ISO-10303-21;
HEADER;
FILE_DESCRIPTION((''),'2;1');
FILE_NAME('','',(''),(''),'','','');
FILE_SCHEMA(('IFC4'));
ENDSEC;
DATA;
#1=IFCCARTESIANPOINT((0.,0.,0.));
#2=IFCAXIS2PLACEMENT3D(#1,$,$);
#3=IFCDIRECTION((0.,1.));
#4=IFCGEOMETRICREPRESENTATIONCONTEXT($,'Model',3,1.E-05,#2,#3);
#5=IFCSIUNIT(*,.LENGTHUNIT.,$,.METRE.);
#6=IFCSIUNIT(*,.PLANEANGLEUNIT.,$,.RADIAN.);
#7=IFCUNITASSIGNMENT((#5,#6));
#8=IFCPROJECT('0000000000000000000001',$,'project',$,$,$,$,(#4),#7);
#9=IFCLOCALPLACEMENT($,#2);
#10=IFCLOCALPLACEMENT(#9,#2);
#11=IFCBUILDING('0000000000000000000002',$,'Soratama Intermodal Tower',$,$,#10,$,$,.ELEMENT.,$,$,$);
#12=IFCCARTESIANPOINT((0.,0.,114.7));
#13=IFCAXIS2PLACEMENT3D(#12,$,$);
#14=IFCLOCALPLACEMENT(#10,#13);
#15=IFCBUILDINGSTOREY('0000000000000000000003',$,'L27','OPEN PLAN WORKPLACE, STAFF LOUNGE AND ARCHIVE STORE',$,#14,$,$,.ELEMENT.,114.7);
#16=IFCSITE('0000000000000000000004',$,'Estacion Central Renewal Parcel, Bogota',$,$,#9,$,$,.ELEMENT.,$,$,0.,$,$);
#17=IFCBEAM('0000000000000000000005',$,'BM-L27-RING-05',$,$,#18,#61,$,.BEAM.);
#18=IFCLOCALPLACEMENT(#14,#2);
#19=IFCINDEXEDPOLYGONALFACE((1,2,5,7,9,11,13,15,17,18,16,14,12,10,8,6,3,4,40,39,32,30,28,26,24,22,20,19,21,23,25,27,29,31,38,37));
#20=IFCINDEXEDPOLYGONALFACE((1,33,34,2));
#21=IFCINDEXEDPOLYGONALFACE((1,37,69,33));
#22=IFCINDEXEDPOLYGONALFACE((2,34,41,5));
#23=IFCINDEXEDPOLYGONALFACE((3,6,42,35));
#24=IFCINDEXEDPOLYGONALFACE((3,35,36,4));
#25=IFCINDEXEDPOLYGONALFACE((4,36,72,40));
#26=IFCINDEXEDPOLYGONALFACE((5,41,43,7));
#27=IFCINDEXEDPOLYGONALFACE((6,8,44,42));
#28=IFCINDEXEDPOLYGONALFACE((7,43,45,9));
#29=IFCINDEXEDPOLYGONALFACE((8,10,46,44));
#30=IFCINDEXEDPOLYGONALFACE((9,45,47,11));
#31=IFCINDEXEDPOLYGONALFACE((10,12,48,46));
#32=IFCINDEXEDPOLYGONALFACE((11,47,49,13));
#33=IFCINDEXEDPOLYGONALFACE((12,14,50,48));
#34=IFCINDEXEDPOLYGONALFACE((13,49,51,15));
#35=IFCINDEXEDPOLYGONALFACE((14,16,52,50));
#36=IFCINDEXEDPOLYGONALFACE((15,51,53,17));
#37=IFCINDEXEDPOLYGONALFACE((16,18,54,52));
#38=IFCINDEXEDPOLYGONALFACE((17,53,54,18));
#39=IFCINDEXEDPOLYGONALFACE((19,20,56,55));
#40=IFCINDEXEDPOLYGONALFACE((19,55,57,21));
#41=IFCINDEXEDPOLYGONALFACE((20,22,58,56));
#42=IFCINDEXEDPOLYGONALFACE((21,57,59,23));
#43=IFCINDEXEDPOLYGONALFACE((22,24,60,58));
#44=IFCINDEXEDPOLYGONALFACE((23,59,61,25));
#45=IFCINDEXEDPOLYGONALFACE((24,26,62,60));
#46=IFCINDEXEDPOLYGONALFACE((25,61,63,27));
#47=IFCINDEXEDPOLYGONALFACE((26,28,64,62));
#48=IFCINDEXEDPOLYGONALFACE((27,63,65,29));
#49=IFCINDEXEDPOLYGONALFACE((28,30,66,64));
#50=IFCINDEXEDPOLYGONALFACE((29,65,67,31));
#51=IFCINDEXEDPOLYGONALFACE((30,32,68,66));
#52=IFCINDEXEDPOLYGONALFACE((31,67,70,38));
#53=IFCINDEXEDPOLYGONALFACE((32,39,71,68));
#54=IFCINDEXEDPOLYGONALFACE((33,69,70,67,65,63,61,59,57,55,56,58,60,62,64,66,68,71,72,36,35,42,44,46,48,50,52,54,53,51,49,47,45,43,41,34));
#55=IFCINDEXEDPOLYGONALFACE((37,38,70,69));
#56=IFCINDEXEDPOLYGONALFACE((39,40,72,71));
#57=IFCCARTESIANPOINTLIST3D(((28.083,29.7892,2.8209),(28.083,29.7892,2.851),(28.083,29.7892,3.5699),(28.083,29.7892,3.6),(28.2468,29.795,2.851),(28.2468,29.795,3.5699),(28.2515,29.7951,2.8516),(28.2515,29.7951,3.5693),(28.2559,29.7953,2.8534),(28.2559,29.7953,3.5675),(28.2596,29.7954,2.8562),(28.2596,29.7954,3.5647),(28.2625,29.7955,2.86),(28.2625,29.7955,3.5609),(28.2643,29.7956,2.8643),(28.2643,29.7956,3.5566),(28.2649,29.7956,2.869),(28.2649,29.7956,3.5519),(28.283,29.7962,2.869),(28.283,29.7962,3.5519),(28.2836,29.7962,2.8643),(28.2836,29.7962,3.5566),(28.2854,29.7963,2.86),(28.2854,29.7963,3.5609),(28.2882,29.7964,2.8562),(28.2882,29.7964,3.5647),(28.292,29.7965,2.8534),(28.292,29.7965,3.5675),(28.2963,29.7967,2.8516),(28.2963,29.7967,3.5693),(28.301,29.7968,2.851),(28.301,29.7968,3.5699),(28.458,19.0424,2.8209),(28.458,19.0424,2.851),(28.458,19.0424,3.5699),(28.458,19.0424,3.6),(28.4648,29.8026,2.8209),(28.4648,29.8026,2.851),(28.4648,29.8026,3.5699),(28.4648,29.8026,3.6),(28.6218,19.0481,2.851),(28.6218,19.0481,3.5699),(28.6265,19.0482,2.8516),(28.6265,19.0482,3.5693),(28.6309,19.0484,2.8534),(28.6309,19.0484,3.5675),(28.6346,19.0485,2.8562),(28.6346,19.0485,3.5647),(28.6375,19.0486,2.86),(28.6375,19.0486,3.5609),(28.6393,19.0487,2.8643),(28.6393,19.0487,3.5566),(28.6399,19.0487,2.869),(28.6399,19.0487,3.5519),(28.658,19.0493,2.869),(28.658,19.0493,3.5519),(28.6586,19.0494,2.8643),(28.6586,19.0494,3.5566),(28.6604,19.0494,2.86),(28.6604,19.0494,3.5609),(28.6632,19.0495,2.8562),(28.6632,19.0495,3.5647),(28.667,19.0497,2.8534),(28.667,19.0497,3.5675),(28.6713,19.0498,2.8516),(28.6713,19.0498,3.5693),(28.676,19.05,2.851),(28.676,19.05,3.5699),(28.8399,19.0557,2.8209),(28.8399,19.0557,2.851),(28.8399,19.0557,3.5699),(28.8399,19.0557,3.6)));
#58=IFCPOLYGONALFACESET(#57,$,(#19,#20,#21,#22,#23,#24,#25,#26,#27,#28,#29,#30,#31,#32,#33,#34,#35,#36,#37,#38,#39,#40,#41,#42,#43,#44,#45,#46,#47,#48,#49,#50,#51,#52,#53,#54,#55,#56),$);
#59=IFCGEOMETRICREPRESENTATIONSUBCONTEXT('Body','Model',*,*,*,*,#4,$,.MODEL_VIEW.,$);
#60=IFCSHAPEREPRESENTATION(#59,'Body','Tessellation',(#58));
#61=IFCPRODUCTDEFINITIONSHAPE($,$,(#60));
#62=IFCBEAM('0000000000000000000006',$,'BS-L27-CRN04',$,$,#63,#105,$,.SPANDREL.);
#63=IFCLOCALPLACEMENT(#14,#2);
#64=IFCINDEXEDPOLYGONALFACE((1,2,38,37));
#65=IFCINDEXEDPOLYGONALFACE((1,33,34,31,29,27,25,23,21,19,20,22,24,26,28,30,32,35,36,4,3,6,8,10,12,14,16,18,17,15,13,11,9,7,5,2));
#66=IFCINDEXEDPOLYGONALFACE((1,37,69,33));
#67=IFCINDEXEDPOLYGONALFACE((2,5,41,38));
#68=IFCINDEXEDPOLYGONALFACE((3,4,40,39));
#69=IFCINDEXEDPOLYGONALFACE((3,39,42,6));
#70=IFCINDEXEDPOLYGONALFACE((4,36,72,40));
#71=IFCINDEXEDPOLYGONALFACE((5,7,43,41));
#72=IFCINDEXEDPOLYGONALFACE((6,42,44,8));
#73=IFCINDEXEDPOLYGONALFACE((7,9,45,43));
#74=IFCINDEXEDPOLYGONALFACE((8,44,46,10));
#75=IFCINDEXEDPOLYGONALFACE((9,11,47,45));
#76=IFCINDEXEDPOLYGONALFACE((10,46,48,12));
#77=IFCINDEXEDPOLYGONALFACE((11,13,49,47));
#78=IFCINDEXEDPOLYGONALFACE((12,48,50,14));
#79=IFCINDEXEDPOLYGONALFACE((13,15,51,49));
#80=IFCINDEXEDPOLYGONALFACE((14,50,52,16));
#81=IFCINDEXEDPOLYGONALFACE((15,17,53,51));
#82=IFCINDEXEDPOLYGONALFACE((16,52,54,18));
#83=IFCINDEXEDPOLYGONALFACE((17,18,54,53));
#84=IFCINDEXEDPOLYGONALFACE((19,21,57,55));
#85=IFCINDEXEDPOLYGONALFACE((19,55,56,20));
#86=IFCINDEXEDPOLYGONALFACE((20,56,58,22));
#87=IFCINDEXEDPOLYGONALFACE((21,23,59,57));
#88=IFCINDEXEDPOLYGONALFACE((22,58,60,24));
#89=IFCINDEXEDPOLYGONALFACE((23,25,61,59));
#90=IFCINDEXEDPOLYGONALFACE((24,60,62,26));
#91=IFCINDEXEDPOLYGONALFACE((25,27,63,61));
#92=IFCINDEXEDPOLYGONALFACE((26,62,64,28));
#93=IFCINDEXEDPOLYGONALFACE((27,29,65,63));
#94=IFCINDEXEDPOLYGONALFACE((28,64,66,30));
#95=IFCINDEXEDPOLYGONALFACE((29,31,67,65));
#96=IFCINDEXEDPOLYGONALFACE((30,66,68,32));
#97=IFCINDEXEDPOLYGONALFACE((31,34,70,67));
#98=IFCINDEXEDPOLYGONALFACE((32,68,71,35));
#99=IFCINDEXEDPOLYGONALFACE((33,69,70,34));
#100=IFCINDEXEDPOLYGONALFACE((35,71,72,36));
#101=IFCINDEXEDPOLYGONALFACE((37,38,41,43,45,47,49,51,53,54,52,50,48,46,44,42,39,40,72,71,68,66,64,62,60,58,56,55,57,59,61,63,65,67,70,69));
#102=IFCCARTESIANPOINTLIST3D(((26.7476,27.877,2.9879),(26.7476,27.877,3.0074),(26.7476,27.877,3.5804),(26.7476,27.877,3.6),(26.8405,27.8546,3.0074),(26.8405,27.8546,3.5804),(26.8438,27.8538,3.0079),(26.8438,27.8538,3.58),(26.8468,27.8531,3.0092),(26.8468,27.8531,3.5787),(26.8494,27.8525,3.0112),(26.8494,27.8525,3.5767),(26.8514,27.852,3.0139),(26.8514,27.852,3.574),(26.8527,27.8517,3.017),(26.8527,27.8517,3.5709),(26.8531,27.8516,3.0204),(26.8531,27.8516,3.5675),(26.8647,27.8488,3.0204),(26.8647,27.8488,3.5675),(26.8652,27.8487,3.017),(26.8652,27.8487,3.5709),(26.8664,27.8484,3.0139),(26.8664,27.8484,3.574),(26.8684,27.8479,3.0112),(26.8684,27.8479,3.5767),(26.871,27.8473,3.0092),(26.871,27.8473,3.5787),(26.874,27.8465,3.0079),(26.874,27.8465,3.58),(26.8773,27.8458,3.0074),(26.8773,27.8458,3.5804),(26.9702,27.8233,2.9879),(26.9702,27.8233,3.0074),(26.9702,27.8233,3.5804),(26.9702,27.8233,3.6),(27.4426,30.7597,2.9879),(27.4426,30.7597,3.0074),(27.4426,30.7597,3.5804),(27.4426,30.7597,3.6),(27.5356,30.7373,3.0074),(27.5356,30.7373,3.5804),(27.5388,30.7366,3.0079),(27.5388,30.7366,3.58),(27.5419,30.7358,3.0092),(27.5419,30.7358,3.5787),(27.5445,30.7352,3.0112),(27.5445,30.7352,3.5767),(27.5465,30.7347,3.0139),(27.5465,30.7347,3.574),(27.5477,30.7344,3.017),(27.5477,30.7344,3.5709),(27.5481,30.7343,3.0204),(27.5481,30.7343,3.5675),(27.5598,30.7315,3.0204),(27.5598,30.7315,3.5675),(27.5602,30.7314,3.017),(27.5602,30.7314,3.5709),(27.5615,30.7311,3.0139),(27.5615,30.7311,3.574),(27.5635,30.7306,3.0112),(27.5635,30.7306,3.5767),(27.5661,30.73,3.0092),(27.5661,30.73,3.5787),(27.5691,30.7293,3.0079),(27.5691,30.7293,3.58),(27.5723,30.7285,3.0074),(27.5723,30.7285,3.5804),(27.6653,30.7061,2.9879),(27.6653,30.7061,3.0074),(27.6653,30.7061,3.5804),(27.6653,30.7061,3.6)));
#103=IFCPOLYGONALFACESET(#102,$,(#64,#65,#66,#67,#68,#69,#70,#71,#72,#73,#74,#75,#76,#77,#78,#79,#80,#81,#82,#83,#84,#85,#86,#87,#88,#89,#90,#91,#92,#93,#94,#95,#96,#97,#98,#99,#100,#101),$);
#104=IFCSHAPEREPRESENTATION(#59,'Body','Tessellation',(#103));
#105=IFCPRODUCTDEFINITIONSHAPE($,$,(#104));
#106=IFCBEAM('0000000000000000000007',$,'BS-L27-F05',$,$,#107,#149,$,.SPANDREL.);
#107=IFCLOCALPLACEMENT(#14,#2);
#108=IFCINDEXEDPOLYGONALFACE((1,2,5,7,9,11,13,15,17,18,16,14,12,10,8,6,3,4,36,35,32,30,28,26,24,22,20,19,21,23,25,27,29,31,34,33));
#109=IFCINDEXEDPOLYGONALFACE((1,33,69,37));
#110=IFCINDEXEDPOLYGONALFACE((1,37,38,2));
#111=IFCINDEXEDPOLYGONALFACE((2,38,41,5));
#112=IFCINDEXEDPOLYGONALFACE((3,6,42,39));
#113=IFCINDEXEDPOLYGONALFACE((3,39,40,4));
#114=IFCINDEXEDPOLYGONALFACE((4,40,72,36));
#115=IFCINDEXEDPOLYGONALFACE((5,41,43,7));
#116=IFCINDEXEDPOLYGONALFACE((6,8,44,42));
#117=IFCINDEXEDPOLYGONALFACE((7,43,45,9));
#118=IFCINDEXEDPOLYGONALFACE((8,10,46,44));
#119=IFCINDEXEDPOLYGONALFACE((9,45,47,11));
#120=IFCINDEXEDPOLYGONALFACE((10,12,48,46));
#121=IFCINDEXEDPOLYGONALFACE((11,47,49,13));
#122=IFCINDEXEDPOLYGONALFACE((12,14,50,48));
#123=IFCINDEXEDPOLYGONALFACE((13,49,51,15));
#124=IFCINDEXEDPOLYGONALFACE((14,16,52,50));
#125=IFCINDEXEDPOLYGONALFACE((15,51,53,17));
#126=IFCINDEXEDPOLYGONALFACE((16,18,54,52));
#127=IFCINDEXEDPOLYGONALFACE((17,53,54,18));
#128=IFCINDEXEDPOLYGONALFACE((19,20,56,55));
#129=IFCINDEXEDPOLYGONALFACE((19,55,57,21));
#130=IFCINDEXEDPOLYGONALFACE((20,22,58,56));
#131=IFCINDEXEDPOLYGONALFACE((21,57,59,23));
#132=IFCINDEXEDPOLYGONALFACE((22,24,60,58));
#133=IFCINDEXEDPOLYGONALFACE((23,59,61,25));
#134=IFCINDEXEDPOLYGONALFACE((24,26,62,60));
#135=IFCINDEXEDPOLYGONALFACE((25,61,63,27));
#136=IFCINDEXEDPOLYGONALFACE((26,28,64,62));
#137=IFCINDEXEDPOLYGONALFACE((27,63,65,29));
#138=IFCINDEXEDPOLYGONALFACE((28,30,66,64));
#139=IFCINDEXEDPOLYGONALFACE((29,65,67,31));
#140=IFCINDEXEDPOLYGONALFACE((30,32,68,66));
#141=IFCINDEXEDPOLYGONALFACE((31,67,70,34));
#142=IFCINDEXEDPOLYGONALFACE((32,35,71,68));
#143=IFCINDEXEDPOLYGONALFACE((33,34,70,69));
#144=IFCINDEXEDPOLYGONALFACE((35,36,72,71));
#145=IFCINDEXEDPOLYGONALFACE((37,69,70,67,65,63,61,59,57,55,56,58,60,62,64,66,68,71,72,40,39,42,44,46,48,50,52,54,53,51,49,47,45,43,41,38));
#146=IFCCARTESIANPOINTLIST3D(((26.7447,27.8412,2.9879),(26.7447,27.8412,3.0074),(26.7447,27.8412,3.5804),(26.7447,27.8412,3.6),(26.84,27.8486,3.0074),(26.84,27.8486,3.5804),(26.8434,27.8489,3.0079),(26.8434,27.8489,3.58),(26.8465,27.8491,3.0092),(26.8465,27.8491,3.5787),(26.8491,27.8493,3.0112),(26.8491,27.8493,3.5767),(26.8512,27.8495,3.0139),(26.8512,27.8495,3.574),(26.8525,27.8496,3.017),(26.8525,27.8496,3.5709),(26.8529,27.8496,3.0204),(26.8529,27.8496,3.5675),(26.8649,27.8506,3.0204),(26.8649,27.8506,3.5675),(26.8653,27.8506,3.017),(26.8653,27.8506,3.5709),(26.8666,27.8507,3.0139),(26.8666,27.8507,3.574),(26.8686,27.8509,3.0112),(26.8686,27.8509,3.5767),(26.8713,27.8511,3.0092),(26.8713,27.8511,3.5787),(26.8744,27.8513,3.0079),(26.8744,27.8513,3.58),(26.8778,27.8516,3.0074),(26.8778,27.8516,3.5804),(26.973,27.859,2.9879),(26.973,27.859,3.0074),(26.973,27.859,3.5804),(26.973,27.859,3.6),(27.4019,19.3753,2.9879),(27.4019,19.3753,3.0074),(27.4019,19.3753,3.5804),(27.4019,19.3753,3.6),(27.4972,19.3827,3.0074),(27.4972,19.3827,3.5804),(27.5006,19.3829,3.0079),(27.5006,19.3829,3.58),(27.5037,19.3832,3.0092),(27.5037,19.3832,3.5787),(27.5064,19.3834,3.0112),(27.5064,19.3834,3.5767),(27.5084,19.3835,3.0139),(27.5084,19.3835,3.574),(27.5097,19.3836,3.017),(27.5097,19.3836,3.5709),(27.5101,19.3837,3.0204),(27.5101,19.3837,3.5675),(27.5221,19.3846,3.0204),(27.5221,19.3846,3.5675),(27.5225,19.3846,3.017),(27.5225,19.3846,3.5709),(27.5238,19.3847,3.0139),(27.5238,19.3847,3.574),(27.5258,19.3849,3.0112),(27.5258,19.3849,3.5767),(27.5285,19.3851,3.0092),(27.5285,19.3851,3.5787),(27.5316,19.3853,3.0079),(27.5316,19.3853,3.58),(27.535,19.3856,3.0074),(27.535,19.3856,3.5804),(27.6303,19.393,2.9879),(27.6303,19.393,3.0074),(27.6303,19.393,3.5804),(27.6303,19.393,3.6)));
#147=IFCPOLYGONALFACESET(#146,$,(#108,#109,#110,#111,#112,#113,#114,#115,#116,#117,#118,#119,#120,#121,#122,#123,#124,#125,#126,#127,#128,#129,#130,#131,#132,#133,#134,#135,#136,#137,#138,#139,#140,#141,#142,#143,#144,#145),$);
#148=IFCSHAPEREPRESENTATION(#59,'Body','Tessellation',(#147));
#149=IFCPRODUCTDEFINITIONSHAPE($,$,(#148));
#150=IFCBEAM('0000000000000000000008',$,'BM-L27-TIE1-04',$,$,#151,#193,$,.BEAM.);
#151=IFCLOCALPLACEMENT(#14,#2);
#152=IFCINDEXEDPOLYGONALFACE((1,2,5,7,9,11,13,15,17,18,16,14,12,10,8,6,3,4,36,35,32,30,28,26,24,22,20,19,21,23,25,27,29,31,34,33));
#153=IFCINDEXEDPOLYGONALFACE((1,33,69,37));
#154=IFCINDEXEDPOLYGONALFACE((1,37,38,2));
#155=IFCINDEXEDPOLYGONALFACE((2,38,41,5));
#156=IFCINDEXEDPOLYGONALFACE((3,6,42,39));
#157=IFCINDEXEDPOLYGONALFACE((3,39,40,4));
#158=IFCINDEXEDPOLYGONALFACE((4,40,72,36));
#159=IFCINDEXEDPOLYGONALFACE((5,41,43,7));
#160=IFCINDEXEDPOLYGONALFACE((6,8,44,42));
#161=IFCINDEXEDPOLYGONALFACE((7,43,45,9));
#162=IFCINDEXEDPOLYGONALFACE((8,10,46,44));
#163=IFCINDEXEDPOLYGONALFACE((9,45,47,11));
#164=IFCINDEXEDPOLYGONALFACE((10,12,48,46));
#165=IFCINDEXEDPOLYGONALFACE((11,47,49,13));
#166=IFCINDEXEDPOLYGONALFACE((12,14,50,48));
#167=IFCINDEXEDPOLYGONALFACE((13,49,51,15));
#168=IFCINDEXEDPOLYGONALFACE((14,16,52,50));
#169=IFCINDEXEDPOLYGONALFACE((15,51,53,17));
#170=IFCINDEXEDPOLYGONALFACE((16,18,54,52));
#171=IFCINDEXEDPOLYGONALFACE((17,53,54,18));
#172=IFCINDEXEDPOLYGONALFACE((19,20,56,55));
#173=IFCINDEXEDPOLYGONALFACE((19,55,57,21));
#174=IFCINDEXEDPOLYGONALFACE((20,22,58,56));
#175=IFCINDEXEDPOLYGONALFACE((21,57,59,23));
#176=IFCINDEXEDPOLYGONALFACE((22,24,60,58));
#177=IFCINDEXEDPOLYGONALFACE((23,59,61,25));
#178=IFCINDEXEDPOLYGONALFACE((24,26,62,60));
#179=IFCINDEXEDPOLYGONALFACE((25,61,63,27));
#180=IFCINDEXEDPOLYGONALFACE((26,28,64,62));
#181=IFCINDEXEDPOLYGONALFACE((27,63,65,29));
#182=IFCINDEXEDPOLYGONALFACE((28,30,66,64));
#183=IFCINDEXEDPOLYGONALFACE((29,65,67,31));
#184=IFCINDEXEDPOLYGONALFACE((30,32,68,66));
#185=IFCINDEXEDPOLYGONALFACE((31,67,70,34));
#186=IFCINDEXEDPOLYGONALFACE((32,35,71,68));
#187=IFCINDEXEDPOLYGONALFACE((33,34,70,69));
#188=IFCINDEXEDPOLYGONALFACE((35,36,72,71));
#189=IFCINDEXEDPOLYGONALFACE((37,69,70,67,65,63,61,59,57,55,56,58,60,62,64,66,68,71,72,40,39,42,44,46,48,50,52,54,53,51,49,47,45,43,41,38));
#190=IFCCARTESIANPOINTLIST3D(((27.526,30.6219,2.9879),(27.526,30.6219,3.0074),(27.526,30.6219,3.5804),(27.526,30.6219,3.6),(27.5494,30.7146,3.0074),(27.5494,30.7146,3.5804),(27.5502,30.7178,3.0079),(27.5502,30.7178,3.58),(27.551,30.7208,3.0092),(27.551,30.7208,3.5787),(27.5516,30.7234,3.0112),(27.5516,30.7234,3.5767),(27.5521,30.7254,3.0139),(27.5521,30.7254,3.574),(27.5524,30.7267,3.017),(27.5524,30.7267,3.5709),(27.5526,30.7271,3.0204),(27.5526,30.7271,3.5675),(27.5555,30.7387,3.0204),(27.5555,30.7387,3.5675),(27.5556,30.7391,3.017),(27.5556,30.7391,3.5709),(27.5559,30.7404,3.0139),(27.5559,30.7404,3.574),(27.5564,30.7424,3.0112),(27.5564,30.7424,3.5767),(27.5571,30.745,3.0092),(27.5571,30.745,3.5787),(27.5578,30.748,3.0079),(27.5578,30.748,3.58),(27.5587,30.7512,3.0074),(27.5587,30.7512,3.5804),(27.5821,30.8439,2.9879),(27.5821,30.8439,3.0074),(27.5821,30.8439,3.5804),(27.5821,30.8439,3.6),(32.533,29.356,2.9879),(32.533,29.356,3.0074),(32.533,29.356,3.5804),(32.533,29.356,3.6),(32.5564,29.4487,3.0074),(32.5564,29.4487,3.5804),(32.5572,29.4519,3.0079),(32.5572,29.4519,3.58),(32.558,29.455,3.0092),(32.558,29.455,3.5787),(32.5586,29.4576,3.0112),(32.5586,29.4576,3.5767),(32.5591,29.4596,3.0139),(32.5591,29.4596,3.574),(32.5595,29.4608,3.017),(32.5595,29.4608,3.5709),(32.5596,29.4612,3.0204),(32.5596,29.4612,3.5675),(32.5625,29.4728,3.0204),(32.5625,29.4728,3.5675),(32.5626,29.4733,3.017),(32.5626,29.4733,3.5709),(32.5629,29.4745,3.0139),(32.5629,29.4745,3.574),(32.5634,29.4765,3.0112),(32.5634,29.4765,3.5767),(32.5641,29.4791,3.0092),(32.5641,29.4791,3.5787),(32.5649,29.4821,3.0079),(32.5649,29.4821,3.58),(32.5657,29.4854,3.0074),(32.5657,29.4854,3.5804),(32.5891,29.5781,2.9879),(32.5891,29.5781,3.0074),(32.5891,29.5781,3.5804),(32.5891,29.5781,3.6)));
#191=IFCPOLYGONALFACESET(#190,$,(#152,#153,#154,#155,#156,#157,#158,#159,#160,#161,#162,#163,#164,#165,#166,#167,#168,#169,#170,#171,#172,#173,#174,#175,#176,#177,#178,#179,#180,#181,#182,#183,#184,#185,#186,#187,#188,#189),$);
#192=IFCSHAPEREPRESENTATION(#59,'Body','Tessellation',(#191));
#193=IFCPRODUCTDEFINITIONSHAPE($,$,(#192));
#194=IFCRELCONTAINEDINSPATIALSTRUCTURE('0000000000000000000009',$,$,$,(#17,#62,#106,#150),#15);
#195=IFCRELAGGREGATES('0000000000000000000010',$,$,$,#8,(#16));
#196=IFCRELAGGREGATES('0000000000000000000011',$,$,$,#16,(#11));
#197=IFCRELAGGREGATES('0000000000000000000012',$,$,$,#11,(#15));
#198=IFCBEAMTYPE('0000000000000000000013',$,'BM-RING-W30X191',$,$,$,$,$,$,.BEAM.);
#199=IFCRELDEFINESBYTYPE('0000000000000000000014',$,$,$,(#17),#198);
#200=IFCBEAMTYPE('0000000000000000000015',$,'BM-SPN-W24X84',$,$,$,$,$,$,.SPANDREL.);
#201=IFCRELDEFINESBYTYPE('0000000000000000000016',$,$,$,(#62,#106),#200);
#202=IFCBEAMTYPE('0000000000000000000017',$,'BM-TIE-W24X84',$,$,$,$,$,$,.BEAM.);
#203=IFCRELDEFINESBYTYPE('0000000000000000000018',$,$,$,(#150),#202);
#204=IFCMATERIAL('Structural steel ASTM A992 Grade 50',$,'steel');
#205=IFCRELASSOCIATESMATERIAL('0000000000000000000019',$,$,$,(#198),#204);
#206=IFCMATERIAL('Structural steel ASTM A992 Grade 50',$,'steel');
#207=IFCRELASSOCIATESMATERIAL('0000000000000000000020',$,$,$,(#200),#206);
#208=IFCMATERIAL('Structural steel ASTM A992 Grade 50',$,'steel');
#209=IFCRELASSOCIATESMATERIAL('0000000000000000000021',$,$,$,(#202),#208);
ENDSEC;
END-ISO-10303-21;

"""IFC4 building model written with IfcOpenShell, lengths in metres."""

from ifc_helpers import new_model, si_unit, direction, frame, origin, origin_2d, place, context, subcontext, project, spatial, i_section, extrude, material, material_profile, profile_set, type_object, element, save


model = new_model("IFC4")

# Units and contexts
model_context = context("Model", 3, precision=1e-05, world=origin(), true_north=direction((0.0, 1.0)))
body_context = subcontext(model_context, "Body", "Model", "MODEL_VIEW")
ifc_project = project(units=[si_unit("LENGTHUNIT", "METRE"), si_unit("PLANEANGLEUNIT", "RADIAN")], contexts=[model_context])

# Site, building, storey
site_placement = place(None, origin())
site = spatial("IfcSite", under=ifc_project, at=site_placement, Name="Estacion Central Renewal Parcel, Bogota", CompositionType="ELEMENT", RefElevation=0.0)
building_placement = place(site_placement, origin())
building = spatial("IfcBuilding", under=site, at=building_placement, Name="Soratama Intermodal Tower", CompositionType="ELEMENT")
storey_placement = place(building_placement, frame((0.0, 0.0, 114.7)))
storey = spatial("IfcBuildingStorey", under=building, at=storey_placement, Name="L27", Description="OPEN PLAN WORKPLACE, STAFF LOUNGE AND ARCHIVE STORE", CompositionType="ELEMENT", Elevation=114.7)

# Beams
ifc_material_1 = material(Name="Structural steel ASTM A992 Grade 50", Category="steel")
ifc_material_profile_1 = material_profile(ifc_material_1, i_section(OverallWidth=0.3821, OverallDepth=0.7791, WebThickness=0.0181, FlangeThickness=0.03, FilletRadius=0.0181, at=origin_2d()), Name="W30X191")
ifc_profile_set_1 = profile_set([ifc_material_profile_1], Name="Structural steel ASTM A992 Grade 50")
beam_type_1 = type_object("IfcBeamType", Name="BM-RING-W30X191", PredefinedType="BEAM", material=ifc_profile_set_1)
beam_1_placement = place(storey_placement, frame((28.2739, 29.7959, 3.2104), z_axis=(0.034873, -0.999392, 0.0), x_axis=(0.999392, 0.034873, 0.0)))
element("IfcBeam", 1, at=beam_1_placement, inside=storey, type_object=beam_type_1, Name="BM-L27-RING-05", PredefinedType="BEAM", context=body_context, shape_type="SweptSolid", body=[
    extrude(i_section(OverallWidth=0.3821, OverallDepth=0.7791, WebThickness=0.0181, FlangeThickness=0.03, FilletRadius=0.0181, at=origin_2d()), origin(), (0.0, 0.0, 1.0), 10.7534),
])
ifc_material_2 = material(Name="Structural steel ASTM A992 Grade 50", Category="steel")
ifc_material_profile_2 = material_profile(ifc_material_2, i_section(OverallWidth=0.229, OverallDepth=0.6121, WebThickness=0.012, FlangeThickness=0.0195, FilletRadius=0.0129, at=origin_2d()), Name="W24X84")
ifc_profile_set_2 = profile_set([ifc_material_profile_2], Name="Structural steel ASTM A992 Grade 50")
beam_type_2 = type_object("IfcBeamType", Name="BM-SPN-W24X84", PredefinedType="SPANDREL", material=ifc_profile_set_2)
beam_2_placement = place(storey_placement, frame((27.554, 30.7329, 3.2939), z_axis=(-0.234391, -0.972142, 0.0), x_axis=(0.972142, -0.234391, 0.0)))
element("IfcBeam", 2, at=beam_2_placement, inside=storey, type_object=beam_type_2, Name="BS-L27-CRN04", PredefinedType="SPANDREL", context=body_context, shape_type="SweptSolid", body=[
    extrude(i_section(OverallWidth=0.229, OverallDepth=0.6121, WebThickness=0.012, FlangeThickness=0.0195, FilletRadius=0.0129, at=origin_2d()), origin(), (0.0, 0.0, 1.0), 2.9653),
])
beam_3_placement = place(storey_placement, frame((26.8589, 27.8501, 3.2939), z_axis=(0.077398, -0.997, 0.0), x_axis=(0.997, 0.077398, 0.0)))
element("IfcBeam", 3, at=beam_3_placement, inside=storey, type_object=beam_type_2, Name="BS-L27-F05", PredefinedType="SPANDREL", context=body_context, shape_type="SweptSolid", body=[
    extrude(i_section(OverallWidth=0.229, OverallDepth=0.6121, WebThickness=0.012, FlangeThickness=0.0195, FilletRadius=0.0129, at=origin_2d()), origin(), (0.0, 0.0, 1.0), 8.4915),
])
ifc_material_3 = material(Name="Structural steel ASTM A992 Grade 50", Category="steel")
ifc_material_profile_3 = material_profile(ifc_material_3, i_section(OverallWidth=0.229, OverallDepth=0.6121, WebThickness=0.012, FlangeThickness=0.0195, FilletRadius=0.0129, at=origin_2d()), Name="W24X84")
ifc_profile_set_3 = profile_set([ifc_material_profile_3], Name="Structural steel ASTM A992 Grade 50")
beam_type_3 = type_object("IfcBeamType", Name="BM-TIE-W24X84", PredefinedType="BEAM", material=ifc_profile_set_3)
beam_4_placement = place(storey_placement, frame((32.561, 29.467, 3.2939), z_axis=(-0.969497, 0.245104, 0.0), x_axis=(-0.245104, -0.969497, 0.0)))
element("IfcBeam", 4, at=beam_4_placement, inside=storey, type_object=beam_type_3, Name="BM-L27-TIE1-04", PredefinedType="BEAM", context=body_context, shape_type="SweptSolid", body=[
    extrude(i_section(OverallWidth=0.229, OverallDepth=0.6121, WebThickness=0.012, FlangeThickness=0.0195, FilletRadius=0.0129, at=origin_2d()), origin(), (0.0, 0.0, 1.0), 5.1646),
])

save(model, "model.ifc")
